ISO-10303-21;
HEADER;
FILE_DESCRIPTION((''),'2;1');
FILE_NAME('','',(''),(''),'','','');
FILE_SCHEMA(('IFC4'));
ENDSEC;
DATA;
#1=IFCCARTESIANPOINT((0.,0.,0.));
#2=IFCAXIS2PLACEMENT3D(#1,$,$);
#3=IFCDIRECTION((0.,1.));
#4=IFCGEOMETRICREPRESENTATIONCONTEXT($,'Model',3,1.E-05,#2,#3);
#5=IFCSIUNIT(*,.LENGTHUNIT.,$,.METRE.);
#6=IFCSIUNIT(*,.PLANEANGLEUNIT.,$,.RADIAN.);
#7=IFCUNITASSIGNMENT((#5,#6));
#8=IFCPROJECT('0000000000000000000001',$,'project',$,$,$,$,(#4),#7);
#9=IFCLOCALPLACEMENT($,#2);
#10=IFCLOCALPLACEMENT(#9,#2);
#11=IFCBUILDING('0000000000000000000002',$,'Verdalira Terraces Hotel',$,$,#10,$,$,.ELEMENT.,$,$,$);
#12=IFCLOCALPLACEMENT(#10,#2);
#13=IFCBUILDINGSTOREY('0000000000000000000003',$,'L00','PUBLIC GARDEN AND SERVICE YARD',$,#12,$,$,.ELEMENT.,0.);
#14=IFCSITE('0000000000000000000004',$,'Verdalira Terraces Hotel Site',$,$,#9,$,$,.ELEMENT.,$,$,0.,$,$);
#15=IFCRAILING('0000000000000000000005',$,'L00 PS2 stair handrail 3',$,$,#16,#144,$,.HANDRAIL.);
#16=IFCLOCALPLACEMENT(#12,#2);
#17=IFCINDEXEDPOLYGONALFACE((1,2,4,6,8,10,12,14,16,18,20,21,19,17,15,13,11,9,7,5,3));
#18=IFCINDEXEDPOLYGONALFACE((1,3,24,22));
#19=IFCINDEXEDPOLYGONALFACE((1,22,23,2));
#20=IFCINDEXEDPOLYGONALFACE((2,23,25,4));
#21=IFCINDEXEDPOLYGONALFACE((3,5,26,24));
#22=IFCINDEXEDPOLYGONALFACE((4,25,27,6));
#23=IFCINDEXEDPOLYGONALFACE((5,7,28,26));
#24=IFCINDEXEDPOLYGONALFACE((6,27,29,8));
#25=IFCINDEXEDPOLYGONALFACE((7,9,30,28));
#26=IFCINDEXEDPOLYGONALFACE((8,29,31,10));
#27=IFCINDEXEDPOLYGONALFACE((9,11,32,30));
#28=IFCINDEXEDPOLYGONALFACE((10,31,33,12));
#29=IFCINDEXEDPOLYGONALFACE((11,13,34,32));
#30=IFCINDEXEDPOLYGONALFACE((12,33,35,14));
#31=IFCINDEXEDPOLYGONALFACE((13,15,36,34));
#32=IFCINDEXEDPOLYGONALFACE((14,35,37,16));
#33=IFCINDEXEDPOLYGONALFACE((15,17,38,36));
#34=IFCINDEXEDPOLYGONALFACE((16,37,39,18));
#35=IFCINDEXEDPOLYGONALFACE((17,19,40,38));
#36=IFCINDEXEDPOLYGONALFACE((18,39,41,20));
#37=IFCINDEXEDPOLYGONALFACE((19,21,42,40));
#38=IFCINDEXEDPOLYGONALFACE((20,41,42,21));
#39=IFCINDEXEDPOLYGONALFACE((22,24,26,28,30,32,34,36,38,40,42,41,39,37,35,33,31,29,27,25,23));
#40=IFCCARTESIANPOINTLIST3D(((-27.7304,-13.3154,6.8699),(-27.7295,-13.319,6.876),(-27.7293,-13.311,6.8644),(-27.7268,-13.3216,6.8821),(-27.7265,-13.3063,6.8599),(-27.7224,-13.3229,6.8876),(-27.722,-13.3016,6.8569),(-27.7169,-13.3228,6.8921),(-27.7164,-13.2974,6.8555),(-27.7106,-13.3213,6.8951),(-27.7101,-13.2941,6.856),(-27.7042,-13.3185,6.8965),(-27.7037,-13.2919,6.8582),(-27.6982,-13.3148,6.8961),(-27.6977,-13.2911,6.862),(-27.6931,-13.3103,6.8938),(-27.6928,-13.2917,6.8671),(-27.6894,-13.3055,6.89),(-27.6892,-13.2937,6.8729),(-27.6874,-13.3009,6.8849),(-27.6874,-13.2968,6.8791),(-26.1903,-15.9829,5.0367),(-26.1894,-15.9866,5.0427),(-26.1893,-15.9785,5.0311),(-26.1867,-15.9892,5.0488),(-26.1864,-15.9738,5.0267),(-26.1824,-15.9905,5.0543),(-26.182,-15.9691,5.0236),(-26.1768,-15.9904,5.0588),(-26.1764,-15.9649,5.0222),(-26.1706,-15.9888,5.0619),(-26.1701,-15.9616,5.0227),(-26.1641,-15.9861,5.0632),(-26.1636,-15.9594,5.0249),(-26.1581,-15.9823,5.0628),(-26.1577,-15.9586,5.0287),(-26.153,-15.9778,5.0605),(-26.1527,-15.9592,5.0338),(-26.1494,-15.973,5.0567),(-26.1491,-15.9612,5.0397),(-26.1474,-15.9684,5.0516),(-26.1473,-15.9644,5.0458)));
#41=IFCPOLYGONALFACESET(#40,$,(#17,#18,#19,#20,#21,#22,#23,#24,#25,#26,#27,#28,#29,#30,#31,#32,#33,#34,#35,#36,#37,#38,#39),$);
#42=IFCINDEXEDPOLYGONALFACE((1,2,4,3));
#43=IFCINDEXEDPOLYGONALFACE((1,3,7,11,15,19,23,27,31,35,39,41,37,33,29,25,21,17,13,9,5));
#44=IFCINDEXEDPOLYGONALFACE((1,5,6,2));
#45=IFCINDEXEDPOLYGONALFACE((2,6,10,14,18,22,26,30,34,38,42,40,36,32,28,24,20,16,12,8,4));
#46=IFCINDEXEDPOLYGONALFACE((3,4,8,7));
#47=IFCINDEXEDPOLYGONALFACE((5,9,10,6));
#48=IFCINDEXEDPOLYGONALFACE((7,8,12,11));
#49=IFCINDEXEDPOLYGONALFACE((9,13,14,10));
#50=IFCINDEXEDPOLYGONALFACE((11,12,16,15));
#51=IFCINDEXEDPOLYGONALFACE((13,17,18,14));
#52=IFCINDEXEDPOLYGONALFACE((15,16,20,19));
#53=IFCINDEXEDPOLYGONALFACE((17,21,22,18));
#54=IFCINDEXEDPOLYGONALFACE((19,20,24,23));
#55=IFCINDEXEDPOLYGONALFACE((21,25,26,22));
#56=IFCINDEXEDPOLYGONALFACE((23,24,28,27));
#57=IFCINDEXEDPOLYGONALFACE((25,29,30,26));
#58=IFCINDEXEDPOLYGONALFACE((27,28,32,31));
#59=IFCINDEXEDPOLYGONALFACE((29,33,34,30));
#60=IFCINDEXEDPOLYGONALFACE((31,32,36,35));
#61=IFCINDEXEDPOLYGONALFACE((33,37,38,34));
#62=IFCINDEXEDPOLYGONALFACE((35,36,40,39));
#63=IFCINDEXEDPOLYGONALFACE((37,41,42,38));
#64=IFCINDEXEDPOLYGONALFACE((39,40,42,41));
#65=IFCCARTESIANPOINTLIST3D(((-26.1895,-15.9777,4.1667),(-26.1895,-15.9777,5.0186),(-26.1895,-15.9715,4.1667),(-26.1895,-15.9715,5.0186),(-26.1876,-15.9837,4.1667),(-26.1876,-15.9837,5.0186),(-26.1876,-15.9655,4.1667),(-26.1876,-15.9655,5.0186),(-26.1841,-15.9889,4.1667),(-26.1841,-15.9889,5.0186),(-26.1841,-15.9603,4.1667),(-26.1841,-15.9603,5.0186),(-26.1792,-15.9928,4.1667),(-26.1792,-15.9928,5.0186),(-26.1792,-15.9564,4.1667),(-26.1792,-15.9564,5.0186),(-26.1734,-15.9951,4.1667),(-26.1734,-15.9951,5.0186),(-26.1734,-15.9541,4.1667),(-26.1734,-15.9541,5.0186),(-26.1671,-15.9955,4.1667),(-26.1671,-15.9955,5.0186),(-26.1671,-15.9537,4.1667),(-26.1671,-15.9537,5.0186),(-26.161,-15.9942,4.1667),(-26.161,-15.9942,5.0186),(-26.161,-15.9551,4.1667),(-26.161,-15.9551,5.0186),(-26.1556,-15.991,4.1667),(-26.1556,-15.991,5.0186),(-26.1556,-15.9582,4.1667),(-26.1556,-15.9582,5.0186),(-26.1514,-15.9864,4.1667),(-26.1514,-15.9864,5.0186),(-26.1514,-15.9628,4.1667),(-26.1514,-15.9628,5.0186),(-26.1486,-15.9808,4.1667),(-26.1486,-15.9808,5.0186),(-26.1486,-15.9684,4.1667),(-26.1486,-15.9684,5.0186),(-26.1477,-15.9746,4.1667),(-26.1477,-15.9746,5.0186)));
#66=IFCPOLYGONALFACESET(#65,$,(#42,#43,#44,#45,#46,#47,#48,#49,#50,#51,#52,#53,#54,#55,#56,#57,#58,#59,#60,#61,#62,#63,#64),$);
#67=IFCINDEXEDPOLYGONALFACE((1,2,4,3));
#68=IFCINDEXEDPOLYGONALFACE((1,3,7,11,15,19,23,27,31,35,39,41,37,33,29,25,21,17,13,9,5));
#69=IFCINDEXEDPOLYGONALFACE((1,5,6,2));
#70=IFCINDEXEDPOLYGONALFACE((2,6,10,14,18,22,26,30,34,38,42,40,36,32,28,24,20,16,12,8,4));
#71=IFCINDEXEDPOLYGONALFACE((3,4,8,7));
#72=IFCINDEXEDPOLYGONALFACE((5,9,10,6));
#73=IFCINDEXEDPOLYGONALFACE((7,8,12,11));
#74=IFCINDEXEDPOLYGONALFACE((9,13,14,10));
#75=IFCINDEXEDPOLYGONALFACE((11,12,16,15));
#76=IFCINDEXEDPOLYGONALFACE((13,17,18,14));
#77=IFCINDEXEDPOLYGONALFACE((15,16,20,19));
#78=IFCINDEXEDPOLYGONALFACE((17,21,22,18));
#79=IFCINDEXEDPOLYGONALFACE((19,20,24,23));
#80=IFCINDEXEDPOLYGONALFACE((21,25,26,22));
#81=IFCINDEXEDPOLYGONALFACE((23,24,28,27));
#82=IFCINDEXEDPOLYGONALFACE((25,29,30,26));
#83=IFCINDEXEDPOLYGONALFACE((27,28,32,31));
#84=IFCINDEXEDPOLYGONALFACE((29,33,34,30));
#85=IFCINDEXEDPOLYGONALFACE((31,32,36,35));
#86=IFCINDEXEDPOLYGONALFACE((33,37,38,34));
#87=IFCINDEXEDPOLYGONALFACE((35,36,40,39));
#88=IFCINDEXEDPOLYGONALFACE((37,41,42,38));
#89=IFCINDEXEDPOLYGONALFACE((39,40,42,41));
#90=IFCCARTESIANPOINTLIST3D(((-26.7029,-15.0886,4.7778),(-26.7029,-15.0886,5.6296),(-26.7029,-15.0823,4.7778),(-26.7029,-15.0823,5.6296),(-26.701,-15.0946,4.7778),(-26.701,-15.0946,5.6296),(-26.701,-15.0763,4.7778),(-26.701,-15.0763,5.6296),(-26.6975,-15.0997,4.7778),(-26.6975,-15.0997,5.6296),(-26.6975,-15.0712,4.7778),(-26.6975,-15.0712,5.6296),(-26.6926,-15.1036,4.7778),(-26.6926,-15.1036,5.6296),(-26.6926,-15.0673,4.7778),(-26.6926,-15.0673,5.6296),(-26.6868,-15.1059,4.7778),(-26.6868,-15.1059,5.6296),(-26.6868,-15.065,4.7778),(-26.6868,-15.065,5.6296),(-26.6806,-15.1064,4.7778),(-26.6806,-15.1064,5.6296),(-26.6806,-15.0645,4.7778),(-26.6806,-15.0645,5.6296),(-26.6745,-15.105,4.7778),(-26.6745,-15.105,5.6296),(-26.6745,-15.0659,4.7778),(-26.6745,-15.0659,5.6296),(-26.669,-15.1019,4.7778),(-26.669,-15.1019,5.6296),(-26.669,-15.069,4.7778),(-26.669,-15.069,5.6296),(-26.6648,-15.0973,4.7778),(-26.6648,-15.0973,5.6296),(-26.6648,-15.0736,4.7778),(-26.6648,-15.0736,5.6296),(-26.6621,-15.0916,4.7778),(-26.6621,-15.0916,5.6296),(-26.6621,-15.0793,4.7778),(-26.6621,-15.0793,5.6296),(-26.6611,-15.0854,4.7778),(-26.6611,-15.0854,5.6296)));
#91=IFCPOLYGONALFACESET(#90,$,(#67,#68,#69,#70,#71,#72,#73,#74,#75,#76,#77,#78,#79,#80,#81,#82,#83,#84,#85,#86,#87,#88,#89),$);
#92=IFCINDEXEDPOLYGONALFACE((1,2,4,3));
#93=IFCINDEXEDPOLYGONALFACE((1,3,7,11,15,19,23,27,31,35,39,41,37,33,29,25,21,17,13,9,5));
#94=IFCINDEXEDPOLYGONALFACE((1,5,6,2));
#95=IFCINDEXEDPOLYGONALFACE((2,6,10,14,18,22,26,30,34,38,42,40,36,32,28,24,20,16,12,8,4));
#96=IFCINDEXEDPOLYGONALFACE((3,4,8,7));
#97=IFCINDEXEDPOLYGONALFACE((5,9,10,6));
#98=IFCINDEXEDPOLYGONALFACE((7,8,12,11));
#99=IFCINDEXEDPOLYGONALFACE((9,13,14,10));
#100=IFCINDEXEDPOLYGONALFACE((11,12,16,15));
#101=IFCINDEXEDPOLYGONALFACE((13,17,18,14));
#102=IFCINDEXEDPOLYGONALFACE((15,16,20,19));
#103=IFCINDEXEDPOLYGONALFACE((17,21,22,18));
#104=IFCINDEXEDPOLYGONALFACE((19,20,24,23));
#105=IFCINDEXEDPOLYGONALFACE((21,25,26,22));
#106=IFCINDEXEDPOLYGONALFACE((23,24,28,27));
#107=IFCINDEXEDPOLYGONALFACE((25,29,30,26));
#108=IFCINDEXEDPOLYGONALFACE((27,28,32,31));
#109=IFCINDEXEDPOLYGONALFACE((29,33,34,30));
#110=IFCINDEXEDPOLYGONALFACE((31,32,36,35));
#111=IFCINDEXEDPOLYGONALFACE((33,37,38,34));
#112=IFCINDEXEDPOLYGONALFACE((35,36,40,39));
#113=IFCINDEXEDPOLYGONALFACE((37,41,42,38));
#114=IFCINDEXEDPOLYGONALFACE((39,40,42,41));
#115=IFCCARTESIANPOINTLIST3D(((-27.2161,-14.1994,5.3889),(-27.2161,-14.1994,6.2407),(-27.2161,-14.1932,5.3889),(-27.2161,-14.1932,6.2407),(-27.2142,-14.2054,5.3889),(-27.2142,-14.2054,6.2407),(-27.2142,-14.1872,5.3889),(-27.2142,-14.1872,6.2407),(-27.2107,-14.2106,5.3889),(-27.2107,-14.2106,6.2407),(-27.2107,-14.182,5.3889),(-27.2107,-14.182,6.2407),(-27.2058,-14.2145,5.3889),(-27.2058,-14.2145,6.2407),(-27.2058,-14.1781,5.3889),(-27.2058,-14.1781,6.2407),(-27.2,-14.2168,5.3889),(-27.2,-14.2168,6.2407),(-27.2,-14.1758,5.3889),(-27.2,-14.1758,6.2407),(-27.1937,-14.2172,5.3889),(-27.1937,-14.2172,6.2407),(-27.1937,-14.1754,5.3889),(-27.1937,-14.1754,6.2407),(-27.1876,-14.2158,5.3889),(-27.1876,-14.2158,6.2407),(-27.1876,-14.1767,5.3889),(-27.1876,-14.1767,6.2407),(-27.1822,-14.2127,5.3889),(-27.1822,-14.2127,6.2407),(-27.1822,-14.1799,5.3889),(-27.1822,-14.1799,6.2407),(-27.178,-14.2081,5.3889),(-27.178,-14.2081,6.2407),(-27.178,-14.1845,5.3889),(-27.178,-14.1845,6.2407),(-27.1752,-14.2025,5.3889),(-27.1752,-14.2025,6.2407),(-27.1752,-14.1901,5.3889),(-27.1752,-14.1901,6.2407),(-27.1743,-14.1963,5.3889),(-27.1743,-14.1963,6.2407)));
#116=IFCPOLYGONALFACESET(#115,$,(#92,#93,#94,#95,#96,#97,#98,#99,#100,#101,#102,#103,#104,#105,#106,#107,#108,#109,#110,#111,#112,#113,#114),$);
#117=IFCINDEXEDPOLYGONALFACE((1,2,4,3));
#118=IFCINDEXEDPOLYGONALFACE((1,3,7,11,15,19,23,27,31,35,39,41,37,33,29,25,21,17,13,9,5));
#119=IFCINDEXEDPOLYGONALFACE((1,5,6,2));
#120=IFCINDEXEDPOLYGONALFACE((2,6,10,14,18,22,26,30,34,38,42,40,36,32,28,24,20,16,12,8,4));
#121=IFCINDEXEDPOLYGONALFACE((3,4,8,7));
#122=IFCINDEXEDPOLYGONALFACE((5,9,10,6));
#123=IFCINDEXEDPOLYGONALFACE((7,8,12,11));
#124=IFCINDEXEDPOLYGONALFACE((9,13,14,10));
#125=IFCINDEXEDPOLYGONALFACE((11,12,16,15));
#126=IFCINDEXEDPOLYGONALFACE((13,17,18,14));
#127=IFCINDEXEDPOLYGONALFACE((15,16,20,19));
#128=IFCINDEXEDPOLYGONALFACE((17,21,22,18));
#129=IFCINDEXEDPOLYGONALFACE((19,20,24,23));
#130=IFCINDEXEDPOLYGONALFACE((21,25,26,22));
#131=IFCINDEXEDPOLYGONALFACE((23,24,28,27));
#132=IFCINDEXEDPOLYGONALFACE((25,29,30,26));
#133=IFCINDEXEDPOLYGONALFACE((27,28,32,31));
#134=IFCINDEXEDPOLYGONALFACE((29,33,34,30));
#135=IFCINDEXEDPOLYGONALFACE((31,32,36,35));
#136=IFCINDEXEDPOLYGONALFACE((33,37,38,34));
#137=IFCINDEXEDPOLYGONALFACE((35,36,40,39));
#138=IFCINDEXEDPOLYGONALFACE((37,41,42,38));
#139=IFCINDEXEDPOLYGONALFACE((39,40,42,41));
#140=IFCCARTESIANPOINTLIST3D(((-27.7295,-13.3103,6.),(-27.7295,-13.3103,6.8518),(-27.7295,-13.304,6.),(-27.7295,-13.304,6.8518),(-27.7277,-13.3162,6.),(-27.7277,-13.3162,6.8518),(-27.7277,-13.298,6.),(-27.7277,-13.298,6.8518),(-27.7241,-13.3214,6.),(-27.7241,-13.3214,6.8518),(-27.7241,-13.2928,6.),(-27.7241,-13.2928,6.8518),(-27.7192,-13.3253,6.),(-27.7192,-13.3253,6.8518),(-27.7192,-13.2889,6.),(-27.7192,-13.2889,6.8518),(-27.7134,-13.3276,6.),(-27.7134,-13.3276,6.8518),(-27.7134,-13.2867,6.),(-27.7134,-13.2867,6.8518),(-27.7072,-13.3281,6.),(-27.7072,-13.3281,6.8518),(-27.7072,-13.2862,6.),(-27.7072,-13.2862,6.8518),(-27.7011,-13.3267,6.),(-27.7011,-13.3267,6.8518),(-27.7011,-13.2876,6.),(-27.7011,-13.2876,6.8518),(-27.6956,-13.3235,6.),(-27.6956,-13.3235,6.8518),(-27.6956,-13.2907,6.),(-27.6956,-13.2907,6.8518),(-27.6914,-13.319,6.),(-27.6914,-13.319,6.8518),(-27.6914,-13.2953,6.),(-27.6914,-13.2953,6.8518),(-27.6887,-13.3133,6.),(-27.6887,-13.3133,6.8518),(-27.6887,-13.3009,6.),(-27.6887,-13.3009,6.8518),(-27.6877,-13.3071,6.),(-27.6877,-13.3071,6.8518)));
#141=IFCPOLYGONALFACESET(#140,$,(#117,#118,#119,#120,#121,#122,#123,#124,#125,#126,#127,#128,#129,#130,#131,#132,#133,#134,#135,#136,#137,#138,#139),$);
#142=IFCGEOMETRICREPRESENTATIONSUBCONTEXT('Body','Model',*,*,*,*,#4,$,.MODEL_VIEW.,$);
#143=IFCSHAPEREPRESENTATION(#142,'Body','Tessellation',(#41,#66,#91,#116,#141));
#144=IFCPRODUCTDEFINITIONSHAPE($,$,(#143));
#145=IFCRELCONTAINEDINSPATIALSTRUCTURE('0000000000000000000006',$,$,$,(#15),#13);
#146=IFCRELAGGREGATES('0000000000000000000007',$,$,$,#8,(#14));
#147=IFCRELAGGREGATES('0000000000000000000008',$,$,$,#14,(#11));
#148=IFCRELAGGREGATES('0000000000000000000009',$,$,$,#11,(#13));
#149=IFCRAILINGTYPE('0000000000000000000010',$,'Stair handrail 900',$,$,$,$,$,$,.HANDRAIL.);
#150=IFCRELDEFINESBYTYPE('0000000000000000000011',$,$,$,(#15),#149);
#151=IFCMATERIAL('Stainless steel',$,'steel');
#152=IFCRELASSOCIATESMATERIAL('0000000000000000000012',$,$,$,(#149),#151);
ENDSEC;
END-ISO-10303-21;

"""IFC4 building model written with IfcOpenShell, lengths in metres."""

from ifc_helpers import new_model, si_unit, direction, frame, origin, origin_2d, place, context, subcontext, project, spatial, circle, extrude, material, type_object, element, save


model = new_model("IFC4")

# Units and contexts
model_context = context("Model", 3, precision=1e-05, world=origin(), true_north=direction((0.0, 1.0)))
body_context = subcontext(model_context, "Body", "Model", "MODEL_VIEW")
ifc_project = project(units=[si_unit("LENGTHUNIT", "METRE"), si_unit("PLANEANGLEUNIT", "RADIAN")], contexts=[model_context])

# Site, building, storey
site_placement = place(None, origin())
site = spatial("IfcSite", under=ifc_project, at=site_placement, Name="Verdalira Terraces Hotel Site", CompositionType="ELEMENT", RefElevation=0.0)
building_placement = place(site_placement, origin())
building = spatial("IfcBuilding", under=site, at=building_placement, Name="Verdalira Terraces Hotel", CompositionType="ELEMENT")
storey_placement = place(building_placement, origin())
storey = spatial("IfcBuildingStorey", under=building, at=storey_placement, Name="L00", Description="PUBLIC GARDEN AND SERVICE YARD", CompositionType="ELEMENT", Elevation=0.0)

# Railing
ifc_material_1 = material(Name="Stainless steel", Category="steel")
railing_type = type_object("IfcRailingType", Name="Stair handrail 900", PredefinedType="HANDRAIL", material=ifc_material_1)
for number, where, name in (
    (1, (-26.1687, -15.9746, 4.1667), "L00 PS2 stair handrail 3"),
):
    element("IfcRailing", number, at=place(storey_placement, frame(where)), inside=storey, type_object=railing_type, Name=name, PredefinedType="HANDRAIL", context=body_context, shape_type="SweptSolid", body=[
        extrude(circle(Radius=0.0239, at=origin_2d()), frame((0.0, 0.0, 0.876), z_axis=(-0.429649, 0.74419, 0.511452), x_axis=(-0.86603, -0.499992, 0.0)), (0.0, 0.0, 1.0), 3.5845),
        extrude(circle(Radius=0.021, at=origin_2d()), origin(), (0.0, 0.0, 1.0), 0.8518),
        extrude(circle(Radius=0.021, at=origin_2d()), frame((-0.5134, 0.8892, 0.6111)), (0.0, 0.0, 1.0), 0.8518),
        extrude(circle(Radius=0.021, at=origin_2d()), frame((-1.0266, 1.7783, 1.2222)), (0.0, 0.0, 1.0), 0.8518),
        extrude(circle(Radius=0.021, at=origin_2d()), frame((-1.54, 2.6675, 1.8333)), (0.0, 0.0, 1.0), 0.8518),
    ])

save(model, "model.ifc")
